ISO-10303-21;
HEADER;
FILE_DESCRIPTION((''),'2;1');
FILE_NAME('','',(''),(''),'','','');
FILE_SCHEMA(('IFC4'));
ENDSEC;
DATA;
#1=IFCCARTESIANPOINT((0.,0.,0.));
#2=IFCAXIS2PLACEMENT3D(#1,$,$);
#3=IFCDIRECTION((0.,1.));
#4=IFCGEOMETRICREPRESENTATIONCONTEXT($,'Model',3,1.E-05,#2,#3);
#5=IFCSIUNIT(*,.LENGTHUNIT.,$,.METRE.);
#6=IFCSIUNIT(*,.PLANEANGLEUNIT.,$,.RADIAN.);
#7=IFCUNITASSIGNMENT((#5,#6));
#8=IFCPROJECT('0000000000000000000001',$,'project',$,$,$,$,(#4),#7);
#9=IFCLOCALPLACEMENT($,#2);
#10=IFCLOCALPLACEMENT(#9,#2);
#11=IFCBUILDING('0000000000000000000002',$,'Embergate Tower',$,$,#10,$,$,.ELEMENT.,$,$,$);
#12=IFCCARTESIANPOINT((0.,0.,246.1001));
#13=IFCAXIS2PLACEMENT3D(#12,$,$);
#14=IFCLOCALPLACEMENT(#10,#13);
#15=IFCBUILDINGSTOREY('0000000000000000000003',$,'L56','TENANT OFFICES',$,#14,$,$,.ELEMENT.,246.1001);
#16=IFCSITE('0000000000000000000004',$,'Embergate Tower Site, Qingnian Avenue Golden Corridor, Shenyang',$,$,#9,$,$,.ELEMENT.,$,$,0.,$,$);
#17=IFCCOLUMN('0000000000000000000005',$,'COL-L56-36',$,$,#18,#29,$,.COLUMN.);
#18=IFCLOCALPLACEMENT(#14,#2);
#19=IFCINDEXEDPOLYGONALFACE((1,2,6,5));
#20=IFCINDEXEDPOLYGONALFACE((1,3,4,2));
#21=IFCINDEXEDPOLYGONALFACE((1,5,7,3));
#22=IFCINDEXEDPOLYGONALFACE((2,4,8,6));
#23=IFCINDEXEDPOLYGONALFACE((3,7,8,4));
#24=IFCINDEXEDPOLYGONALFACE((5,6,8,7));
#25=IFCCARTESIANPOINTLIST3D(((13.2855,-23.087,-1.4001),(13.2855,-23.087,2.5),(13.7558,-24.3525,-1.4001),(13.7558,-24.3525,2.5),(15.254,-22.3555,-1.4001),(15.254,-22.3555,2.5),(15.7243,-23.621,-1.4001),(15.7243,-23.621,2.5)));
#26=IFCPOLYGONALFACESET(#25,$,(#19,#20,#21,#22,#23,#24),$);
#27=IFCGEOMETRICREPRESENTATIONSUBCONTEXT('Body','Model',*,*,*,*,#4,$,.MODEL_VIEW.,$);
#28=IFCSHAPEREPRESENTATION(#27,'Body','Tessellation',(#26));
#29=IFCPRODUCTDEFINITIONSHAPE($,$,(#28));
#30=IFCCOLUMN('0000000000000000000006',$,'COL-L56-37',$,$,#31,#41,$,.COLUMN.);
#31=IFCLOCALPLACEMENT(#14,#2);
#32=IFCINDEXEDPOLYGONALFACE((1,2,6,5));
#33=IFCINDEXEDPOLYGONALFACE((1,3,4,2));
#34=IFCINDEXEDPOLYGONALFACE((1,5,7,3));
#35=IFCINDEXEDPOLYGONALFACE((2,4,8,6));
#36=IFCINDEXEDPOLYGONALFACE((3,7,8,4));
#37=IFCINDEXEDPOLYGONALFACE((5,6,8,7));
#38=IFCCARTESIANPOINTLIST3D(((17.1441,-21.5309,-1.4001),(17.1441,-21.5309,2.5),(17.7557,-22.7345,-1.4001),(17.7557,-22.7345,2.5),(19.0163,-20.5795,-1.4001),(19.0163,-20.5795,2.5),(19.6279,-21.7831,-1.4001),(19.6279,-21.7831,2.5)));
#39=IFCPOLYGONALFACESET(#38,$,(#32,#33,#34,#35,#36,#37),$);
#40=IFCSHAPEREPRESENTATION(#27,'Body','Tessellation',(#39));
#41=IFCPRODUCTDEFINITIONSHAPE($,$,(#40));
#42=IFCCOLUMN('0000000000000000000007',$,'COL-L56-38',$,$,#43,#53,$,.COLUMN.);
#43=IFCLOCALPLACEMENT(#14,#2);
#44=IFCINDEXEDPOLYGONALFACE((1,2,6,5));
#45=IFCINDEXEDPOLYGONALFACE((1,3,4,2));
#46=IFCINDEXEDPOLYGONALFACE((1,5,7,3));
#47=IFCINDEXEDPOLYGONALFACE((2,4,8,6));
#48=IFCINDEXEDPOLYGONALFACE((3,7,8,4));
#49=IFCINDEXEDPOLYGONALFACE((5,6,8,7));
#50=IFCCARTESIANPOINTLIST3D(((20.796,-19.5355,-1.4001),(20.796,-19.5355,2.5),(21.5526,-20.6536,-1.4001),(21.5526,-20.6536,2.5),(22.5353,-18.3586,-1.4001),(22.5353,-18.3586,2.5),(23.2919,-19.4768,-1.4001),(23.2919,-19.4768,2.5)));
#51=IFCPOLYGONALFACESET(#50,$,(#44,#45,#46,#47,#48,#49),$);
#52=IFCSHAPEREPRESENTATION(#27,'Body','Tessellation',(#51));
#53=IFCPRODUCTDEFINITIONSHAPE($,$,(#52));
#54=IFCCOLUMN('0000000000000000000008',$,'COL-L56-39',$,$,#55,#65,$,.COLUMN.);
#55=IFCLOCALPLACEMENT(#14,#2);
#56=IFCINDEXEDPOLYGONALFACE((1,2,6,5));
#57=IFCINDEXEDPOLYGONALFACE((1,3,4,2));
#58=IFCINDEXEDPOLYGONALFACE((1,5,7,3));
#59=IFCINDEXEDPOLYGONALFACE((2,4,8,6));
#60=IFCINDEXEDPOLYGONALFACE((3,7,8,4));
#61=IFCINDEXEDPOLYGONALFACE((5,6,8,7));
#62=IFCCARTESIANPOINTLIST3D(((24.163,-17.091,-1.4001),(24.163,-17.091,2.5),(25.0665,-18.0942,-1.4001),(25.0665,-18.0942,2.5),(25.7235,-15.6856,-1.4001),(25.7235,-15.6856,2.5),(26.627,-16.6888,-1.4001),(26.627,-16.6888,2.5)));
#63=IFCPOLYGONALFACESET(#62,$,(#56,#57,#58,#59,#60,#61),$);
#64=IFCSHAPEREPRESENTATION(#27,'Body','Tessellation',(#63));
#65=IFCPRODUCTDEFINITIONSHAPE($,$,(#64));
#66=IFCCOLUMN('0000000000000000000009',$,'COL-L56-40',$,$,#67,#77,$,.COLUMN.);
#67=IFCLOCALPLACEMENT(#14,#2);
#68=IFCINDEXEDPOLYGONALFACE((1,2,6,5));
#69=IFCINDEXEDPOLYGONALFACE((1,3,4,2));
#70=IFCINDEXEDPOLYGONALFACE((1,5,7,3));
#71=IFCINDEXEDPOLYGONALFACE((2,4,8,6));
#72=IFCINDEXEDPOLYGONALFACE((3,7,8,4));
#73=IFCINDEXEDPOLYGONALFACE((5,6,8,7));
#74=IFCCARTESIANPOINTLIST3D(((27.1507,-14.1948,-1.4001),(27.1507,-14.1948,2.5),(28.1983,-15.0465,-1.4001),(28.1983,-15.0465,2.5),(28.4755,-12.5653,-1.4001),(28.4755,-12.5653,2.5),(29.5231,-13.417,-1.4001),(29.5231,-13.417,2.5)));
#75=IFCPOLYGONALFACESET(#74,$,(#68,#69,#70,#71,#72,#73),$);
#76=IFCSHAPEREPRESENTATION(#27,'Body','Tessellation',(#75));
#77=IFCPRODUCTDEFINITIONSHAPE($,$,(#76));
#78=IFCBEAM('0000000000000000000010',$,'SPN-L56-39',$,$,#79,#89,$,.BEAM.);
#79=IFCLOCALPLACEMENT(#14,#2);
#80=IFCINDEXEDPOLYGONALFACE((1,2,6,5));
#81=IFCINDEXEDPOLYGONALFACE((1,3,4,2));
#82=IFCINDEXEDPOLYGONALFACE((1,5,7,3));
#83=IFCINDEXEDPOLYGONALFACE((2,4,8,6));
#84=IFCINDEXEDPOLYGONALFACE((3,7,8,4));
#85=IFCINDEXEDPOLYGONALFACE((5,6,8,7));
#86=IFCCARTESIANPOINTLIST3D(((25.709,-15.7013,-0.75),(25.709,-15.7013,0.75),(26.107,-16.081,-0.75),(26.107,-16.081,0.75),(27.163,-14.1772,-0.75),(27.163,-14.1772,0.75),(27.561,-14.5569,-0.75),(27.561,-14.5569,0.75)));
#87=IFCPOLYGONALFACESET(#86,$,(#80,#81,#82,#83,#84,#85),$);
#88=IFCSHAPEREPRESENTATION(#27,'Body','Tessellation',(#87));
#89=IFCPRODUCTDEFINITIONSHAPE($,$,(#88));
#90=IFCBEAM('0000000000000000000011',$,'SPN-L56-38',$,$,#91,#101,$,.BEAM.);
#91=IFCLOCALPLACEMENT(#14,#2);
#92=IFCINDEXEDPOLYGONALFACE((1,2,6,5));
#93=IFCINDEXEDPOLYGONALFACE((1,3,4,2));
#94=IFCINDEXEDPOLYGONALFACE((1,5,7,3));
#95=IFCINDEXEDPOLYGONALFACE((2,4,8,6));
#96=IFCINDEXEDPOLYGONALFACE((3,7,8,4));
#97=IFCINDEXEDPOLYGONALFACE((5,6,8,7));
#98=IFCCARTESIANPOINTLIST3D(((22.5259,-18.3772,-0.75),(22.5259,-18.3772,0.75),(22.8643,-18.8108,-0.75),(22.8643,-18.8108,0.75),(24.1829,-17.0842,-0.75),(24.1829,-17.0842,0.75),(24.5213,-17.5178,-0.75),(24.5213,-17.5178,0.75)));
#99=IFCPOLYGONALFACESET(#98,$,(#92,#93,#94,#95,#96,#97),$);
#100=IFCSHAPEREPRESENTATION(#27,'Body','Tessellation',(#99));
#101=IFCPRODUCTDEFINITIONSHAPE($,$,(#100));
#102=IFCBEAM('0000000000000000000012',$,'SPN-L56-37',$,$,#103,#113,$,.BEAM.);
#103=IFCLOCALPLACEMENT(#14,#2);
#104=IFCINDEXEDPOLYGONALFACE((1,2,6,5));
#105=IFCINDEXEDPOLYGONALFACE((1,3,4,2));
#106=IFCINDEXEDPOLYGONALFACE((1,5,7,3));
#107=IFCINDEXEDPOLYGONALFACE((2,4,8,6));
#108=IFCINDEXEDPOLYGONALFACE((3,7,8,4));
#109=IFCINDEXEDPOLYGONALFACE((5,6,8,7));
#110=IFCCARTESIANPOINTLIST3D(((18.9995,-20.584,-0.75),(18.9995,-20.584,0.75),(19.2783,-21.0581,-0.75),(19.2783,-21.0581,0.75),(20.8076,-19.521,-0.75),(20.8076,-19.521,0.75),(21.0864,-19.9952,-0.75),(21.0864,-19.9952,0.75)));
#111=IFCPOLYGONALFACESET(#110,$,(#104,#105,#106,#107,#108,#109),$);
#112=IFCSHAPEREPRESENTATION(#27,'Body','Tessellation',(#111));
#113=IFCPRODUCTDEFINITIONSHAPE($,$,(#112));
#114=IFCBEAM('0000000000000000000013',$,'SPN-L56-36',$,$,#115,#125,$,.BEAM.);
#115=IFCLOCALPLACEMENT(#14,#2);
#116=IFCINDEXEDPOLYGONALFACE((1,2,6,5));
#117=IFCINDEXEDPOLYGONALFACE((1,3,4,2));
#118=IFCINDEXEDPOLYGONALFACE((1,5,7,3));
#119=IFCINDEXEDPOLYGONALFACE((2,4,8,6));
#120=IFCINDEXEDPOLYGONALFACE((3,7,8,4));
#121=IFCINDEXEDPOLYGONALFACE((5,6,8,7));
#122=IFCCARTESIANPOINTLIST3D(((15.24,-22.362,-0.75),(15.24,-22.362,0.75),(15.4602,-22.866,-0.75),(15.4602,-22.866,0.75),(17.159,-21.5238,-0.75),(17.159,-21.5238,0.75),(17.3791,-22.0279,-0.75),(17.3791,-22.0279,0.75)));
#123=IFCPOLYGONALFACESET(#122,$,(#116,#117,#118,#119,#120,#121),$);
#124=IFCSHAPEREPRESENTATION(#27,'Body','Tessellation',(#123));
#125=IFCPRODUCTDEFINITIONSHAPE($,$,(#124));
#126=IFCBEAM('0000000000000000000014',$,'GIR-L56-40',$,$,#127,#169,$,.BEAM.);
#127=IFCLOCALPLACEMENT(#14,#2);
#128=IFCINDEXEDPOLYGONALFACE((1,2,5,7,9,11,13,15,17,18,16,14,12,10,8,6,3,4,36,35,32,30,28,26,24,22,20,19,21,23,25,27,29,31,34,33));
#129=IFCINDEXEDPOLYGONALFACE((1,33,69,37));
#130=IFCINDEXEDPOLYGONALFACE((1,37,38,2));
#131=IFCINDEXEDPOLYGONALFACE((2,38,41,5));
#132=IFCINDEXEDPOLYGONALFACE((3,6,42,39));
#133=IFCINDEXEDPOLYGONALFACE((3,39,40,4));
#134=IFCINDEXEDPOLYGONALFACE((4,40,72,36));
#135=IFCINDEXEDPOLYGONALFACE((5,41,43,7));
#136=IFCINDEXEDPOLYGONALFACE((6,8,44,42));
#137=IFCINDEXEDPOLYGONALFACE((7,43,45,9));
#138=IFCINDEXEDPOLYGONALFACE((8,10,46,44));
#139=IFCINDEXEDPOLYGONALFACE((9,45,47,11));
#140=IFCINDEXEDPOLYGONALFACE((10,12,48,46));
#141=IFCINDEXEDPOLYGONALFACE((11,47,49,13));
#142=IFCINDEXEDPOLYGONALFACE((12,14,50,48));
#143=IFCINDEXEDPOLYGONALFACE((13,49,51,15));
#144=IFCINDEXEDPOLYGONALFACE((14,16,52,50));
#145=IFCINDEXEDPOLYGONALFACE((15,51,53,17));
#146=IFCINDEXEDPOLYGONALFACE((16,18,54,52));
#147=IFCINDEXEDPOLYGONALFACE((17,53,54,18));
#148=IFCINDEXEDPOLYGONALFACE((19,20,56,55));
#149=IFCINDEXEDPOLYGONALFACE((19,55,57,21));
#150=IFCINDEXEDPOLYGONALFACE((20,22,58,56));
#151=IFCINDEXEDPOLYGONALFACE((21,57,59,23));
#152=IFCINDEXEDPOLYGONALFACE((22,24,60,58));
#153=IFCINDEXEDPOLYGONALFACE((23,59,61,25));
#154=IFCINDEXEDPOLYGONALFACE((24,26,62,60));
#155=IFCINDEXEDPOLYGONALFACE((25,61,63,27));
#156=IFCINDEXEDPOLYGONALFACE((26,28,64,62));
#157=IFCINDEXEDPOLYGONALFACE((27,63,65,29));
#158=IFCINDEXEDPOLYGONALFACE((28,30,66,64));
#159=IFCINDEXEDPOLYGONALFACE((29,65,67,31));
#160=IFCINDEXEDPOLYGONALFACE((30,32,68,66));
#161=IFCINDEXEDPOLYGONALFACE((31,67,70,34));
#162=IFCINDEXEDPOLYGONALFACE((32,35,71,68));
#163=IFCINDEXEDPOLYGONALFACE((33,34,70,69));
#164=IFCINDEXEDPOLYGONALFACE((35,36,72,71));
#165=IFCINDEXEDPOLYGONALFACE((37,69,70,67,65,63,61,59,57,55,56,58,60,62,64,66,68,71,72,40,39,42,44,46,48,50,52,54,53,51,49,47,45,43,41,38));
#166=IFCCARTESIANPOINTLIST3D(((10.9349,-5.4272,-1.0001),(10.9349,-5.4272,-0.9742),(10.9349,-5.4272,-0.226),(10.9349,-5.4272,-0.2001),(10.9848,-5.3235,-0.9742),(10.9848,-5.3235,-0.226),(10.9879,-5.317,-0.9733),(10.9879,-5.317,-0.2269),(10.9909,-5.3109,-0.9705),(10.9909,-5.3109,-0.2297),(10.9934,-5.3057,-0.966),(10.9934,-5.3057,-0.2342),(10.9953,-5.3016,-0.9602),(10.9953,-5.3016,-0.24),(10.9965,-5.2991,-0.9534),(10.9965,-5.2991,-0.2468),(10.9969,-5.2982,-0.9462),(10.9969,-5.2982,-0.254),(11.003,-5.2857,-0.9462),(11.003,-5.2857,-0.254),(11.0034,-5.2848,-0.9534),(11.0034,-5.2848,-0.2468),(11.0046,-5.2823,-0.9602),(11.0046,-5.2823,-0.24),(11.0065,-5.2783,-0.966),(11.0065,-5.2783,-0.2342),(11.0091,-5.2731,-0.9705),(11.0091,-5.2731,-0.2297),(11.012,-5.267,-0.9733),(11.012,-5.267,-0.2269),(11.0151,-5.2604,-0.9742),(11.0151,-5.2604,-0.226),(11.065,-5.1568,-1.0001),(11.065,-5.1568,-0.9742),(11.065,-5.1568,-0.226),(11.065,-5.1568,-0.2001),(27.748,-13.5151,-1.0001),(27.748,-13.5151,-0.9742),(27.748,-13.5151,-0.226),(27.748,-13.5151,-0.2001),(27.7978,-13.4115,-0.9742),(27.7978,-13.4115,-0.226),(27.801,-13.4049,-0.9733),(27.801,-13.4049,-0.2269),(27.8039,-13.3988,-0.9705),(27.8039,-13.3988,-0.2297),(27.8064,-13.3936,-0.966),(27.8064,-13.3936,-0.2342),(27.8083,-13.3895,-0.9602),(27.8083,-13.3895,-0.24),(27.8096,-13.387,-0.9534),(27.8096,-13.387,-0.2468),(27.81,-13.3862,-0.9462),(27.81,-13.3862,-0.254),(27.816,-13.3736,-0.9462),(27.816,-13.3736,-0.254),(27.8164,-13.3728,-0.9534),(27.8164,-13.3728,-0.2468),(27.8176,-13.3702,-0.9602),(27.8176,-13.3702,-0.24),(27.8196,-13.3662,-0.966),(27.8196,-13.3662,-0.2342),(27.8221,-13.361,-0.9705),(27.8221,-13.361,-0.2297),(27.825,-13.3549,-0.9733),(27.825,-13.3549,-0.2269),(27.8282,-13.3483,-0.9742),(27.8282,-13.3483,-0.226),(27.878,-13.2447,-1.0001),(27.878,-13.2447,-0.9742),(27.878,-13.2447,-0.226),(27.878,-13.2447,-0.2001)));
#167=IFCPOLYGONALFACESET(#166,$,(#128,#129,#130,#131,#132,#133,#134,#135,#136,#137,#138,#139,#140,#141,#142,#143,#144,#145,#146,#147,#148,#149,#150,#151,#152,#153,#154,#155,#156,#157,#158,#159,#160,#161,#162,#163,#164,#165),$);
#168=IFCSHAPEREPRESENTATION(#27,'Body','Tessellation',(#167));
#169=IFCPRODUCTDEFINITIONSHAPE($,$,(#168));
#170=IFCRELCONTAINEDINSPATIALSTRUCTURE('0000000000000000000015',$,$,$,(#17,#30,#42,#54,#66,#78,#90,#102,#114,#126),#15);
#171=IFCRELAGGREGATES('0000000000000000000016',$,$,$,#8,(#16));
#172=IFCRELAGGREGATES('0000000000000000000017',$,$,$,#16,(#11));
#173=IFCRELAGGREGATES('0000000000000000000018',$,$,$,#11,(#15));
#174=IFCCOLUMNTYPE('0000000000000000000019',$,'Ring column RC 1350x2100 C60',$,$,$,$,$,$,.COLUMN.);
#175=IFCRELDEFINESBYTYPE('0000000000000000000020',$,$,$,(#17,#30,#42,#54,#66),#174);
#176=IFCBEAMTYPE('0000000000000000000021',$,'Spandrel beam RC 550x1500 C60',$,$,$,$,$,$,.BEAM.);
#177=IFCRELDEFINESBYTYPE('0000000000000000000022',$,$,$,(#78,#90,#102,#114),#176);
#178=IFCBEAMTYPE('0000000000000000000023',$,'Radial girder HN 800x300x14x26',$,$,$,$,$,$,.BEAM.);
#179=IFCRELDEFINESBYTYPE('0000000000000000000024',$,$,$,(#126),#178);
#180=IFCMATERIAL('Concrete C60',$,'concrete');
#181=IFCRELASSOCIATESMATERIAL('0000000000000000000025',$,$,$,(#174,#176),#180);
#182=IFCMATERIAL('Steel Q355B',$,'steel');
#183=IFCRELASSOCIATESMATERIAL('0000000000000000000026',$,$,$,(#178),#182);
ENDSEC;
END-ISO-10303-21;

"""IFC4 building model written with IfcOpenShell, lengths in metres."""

from ifc_helpers import new_model, si_unit, direction, frame, origin, origin_2d, place, context, subcontext, project, spatial, rectangle, i_section, extrude, source, transform, mapped, material, material_profile, profile_set, type_object, element, save


model = new_model("IFC4")

# Units and contexts
model_context = context("Model", 3, precision=1e-05, world=origin(), true_north=direction((0.0, 1.0)))
body_context = subcontext(model_context, "Body", "Model", "MODEL_VIEW")
ifc_project = project(units=[si_unit("LENGTHUNIT", "METRE"), si_unit("PLANEANGLEUNIT", "RADIAN")], contexts=[model_context])

# Site, building, storey
site_placement = place(None, origin())
site = spatial("IfcSite", under=ifc_project, at=site_placement, Name="Embergate Tower Site, Qingnian Avenue Golden Corridor, Shenyang", CompositionType="ELEMENT", RefElevation=0.0)
building_placement = place(site_placement, origin())
building = spatial("IfcBuilding", under=site, at=building_placement, Name="Embergate Tower", CompositionType="ELEMENT")
storey_placement = place(building_placement, frame((0.0, 0.0, 246.1001)))
storey = spatial("IfcBuildingStorey", under=building, at=storey_placement, Name="L56", Description="TENANT OFFICES", CompositionType="ELEMENT", Elevation=246.1001)

# Columns
ifc_material_1 = material(Name="Concrete C60", Category="concrete")
ifc_material_profile_1 = material_profile(ifc_material_1, rectangle(XDim=1.3501, YDim=2.1001, at=origin_2d()), Name="RC 1350x2100")
ifc_profile_set_1 = profile_set([ifc_material_profile_1], Name="Concrete C60")
column_type = type_object("IfcColumnType", Name="Ring column RC 1350x2100 C60", PredefinedType="COLUMN", material=ifc_profile_set_1)
shared_shape_1 = source(origin(), body_context, "Body", "SweptSolid", [
    extrude(rectangle(XDim=1.3501, YDim=2.1001, at=origin_2d()), origin(), (0.0, 0.0, 1.0), 3.9001),
])
for number, where, z_axis, x_axis, name in (
    (1, (14.5049, -23.354, -1.4001), (0.0, 0.0, 1.0), (0.348343, -0.937367, 0.0), "COL-L56-36"),
    (2, (18.386, -21.657, -1.4001), (0.0, 0.0, 1.0), (0.453011, -0.891505, 0.0), "COL-L56-37"),
    (3, (22.0439, -19.5061, -1.4001), (0.0, 0.0, 1.0), (0.560393, -0.828227, 0.0), "COL-L56-38"),
    (4, (25.395, -16.8899, -1.4001), (0.0, 0.0, 1.0), (0.669208, -0.743075, 0.0), "COL-L56-39"),
    (5, (28.3369, -13.8059, -1.4001), (0.0, 0.0, 1.0), (0.775925, -0.630825, 0.0), "COL-L56-40"),
):
    element("IfcColumn", number, at=place(storey_placement, frame(where, z_axis=z_axis, x_axis=x_axis)), inside=storey, type_object=column_type, Name=name, PredefinedType="COLUMN", context=body_context, shape_type="MappedRepresentation", body=[
        mapped(shared_shape_1, transform((0.0, 0.0, 0.0))),
    ])

# Beams
ifc_material_profile_2 = material_profile(ifc_material_1, rectangle(XDim=0.55, YDim=1.5, at=origin_2d()), Name="RC 550x1500")
ifc_profile_set_2 = profile_set([ifc_material_profile_2], Name="Concrete C60")
beam_type_1 = type_object("IfcBeamType", Name="Spandrel beam RC 550x1500 C60", PredefinedType="BEAM", material=ifc_profile_set_2)
shared_shape_2 = source(origin(), body_context, "Body", "SweptSolid", [
    extrude(rectangle(XDim=0.55, YDim=1.5, at=origin_2d()), origin(), (0.0, 0.0, 1.0), 2.1064),
])
beam_1_placement = place(storey_placement, frame((25.908, -15.8911, 0.0), z_axis=(0.69028, 0.723542, 0.0), x_axis=(-0.723542, 0.69028, 0.0)))
element("IfcBeam", 6, at=beam_1_placement, inside=storey, type_object=beam_type_1, Name="SPN-L56-39", PredefinedType="BEAM", context=body_context, shape_type="MappedRepresentation", body=[
    mapped(shared_shape_2, transform((0.0, 0.0, 0.0))),
])
shared_shape_3 = source(origin(), body_context, "Body", "SweptSolid", [
    extrude(rectangle(XDim=0.55, YDim=1.5, at=origin_2d()), origin(), (0.0, 0.0, 1.0), 2.1018),
])
beam_2_placement = place(storey_placement, frame((22.6951, -18.594, 0.0), z_axis=(0.788382, 0.615186, 0.0), x_axis=(-0.615186, 0.788382, 0.0)))
element("IfcBeam", 7, at=beam_2_placement, inside=storey, type_object=beam_type_1, Name="SPN-L56-38", PredefinedType="BEAM", context=body_context, shape_type="MappedRepresentation", body=[
    mapped(shared_shape_3, transform((0.0, 0.0, 0.0))),
])
shared_shape_4 = source(origin(), body_context, "Body", "SweptSolid", [
    extrude(rectangle(XDim=0.55, YDim=1.5, at=origin_2d()), origin(), (0.0, 0.0, 1.0), 2.0974),
])
beam_3_placement = place(storey_placement, frame((19.1389, -20.821, 0.0), z_axis=(0.86206, 0.506806, 0.0), x_axis=(-0.506806, 0.86206, 0.0)))
element("IfcBeam", 8, at=beam_3_placement, inside=storey, type_object=beam_type_1, Name="SPN-L56-37", PredefinedType="BEAM", context=body_context, shape_type="MappedRepresentation", body=[
    mapped(shared_shape_4, transform((0.0, 0.0, 0.0))),
])
shared_shape_5 = source(origin(), body_context, "Body", "SweptSolid", [
    extrude(rectangle(XDim=0.55, YDim=1.5, at=origin_2d()), origin(), (0.0, 0.0, 1.0), 2.094),
])
beam_4_placement = place(storey_placement, frame((15.3501, -22.614, 0.0), z_axis=(0.916403, 0.400256, 0.0), x_axis=(-0.400256, 0.916403, 0.0)))
element("IfcBeam", 9, at=beam_4_placement, inside=storey, type_object=beam_type_1, Name="SPN-L56-36", PredefinedType="BEAM", context=body_context, shape_type="MappedRepresentation", body=[
    mapped(shared_shape_5, transform((0.0, 0.0, 0.0))),
])
ifc_material_2 = material(Name="Steel Q355B", Category="steel")
ifc_material_profile_3 = material_profile(ifc_material_2, i_section(OverallWidth=0.3, OverallDepth=0.8, WebThickness=0.0139, FlangeThickness=0.0259, FilletRadius=0.0281, at=origin_2d()), Name="HN 800x300x14x26")
ifc_profile_set_3 = profile_set([ifc_material_profile_3], Name="Steel Q355 grade B")
beam_type_2 = type_object("IfcBeamType", Name="Radial girder HN 800x300x14x26", PredefinedType="BEAM", material=ifc_profile_set_3)
shared_shape_6 = source(origin(), body_context, "Body", "SweptSolid", [
    extrude(i_section(OverallWidth=0.3, OverallDepth=0.8, WebThickness=0.0139, FlangeThickness=0.0259, FilletRadius=0.0281, at=origin_2d()), origin(), (0.0, 0.0, 1.0), 18.6572),
])
beam_5_placement = place(storey_placement, frame((27.813, -13.3799, -0.6001), z_axis=(-0.901154, 0.4335, 0.0), x_axis=(-0.4335, -0.901154, 0.0)))
element("IfcBeam", 10, at=beam_5_placement, inside=storey, type_object=beam_type_2, Name="GIR-L56-40", PredefinedType="BEAM", context=body_context, shape_type="MappedRepresentation", body=[
    mapped(shared_shape_6, transform((0.0, 0.0, 0.0))),
])

save(model, "model.ifc")
